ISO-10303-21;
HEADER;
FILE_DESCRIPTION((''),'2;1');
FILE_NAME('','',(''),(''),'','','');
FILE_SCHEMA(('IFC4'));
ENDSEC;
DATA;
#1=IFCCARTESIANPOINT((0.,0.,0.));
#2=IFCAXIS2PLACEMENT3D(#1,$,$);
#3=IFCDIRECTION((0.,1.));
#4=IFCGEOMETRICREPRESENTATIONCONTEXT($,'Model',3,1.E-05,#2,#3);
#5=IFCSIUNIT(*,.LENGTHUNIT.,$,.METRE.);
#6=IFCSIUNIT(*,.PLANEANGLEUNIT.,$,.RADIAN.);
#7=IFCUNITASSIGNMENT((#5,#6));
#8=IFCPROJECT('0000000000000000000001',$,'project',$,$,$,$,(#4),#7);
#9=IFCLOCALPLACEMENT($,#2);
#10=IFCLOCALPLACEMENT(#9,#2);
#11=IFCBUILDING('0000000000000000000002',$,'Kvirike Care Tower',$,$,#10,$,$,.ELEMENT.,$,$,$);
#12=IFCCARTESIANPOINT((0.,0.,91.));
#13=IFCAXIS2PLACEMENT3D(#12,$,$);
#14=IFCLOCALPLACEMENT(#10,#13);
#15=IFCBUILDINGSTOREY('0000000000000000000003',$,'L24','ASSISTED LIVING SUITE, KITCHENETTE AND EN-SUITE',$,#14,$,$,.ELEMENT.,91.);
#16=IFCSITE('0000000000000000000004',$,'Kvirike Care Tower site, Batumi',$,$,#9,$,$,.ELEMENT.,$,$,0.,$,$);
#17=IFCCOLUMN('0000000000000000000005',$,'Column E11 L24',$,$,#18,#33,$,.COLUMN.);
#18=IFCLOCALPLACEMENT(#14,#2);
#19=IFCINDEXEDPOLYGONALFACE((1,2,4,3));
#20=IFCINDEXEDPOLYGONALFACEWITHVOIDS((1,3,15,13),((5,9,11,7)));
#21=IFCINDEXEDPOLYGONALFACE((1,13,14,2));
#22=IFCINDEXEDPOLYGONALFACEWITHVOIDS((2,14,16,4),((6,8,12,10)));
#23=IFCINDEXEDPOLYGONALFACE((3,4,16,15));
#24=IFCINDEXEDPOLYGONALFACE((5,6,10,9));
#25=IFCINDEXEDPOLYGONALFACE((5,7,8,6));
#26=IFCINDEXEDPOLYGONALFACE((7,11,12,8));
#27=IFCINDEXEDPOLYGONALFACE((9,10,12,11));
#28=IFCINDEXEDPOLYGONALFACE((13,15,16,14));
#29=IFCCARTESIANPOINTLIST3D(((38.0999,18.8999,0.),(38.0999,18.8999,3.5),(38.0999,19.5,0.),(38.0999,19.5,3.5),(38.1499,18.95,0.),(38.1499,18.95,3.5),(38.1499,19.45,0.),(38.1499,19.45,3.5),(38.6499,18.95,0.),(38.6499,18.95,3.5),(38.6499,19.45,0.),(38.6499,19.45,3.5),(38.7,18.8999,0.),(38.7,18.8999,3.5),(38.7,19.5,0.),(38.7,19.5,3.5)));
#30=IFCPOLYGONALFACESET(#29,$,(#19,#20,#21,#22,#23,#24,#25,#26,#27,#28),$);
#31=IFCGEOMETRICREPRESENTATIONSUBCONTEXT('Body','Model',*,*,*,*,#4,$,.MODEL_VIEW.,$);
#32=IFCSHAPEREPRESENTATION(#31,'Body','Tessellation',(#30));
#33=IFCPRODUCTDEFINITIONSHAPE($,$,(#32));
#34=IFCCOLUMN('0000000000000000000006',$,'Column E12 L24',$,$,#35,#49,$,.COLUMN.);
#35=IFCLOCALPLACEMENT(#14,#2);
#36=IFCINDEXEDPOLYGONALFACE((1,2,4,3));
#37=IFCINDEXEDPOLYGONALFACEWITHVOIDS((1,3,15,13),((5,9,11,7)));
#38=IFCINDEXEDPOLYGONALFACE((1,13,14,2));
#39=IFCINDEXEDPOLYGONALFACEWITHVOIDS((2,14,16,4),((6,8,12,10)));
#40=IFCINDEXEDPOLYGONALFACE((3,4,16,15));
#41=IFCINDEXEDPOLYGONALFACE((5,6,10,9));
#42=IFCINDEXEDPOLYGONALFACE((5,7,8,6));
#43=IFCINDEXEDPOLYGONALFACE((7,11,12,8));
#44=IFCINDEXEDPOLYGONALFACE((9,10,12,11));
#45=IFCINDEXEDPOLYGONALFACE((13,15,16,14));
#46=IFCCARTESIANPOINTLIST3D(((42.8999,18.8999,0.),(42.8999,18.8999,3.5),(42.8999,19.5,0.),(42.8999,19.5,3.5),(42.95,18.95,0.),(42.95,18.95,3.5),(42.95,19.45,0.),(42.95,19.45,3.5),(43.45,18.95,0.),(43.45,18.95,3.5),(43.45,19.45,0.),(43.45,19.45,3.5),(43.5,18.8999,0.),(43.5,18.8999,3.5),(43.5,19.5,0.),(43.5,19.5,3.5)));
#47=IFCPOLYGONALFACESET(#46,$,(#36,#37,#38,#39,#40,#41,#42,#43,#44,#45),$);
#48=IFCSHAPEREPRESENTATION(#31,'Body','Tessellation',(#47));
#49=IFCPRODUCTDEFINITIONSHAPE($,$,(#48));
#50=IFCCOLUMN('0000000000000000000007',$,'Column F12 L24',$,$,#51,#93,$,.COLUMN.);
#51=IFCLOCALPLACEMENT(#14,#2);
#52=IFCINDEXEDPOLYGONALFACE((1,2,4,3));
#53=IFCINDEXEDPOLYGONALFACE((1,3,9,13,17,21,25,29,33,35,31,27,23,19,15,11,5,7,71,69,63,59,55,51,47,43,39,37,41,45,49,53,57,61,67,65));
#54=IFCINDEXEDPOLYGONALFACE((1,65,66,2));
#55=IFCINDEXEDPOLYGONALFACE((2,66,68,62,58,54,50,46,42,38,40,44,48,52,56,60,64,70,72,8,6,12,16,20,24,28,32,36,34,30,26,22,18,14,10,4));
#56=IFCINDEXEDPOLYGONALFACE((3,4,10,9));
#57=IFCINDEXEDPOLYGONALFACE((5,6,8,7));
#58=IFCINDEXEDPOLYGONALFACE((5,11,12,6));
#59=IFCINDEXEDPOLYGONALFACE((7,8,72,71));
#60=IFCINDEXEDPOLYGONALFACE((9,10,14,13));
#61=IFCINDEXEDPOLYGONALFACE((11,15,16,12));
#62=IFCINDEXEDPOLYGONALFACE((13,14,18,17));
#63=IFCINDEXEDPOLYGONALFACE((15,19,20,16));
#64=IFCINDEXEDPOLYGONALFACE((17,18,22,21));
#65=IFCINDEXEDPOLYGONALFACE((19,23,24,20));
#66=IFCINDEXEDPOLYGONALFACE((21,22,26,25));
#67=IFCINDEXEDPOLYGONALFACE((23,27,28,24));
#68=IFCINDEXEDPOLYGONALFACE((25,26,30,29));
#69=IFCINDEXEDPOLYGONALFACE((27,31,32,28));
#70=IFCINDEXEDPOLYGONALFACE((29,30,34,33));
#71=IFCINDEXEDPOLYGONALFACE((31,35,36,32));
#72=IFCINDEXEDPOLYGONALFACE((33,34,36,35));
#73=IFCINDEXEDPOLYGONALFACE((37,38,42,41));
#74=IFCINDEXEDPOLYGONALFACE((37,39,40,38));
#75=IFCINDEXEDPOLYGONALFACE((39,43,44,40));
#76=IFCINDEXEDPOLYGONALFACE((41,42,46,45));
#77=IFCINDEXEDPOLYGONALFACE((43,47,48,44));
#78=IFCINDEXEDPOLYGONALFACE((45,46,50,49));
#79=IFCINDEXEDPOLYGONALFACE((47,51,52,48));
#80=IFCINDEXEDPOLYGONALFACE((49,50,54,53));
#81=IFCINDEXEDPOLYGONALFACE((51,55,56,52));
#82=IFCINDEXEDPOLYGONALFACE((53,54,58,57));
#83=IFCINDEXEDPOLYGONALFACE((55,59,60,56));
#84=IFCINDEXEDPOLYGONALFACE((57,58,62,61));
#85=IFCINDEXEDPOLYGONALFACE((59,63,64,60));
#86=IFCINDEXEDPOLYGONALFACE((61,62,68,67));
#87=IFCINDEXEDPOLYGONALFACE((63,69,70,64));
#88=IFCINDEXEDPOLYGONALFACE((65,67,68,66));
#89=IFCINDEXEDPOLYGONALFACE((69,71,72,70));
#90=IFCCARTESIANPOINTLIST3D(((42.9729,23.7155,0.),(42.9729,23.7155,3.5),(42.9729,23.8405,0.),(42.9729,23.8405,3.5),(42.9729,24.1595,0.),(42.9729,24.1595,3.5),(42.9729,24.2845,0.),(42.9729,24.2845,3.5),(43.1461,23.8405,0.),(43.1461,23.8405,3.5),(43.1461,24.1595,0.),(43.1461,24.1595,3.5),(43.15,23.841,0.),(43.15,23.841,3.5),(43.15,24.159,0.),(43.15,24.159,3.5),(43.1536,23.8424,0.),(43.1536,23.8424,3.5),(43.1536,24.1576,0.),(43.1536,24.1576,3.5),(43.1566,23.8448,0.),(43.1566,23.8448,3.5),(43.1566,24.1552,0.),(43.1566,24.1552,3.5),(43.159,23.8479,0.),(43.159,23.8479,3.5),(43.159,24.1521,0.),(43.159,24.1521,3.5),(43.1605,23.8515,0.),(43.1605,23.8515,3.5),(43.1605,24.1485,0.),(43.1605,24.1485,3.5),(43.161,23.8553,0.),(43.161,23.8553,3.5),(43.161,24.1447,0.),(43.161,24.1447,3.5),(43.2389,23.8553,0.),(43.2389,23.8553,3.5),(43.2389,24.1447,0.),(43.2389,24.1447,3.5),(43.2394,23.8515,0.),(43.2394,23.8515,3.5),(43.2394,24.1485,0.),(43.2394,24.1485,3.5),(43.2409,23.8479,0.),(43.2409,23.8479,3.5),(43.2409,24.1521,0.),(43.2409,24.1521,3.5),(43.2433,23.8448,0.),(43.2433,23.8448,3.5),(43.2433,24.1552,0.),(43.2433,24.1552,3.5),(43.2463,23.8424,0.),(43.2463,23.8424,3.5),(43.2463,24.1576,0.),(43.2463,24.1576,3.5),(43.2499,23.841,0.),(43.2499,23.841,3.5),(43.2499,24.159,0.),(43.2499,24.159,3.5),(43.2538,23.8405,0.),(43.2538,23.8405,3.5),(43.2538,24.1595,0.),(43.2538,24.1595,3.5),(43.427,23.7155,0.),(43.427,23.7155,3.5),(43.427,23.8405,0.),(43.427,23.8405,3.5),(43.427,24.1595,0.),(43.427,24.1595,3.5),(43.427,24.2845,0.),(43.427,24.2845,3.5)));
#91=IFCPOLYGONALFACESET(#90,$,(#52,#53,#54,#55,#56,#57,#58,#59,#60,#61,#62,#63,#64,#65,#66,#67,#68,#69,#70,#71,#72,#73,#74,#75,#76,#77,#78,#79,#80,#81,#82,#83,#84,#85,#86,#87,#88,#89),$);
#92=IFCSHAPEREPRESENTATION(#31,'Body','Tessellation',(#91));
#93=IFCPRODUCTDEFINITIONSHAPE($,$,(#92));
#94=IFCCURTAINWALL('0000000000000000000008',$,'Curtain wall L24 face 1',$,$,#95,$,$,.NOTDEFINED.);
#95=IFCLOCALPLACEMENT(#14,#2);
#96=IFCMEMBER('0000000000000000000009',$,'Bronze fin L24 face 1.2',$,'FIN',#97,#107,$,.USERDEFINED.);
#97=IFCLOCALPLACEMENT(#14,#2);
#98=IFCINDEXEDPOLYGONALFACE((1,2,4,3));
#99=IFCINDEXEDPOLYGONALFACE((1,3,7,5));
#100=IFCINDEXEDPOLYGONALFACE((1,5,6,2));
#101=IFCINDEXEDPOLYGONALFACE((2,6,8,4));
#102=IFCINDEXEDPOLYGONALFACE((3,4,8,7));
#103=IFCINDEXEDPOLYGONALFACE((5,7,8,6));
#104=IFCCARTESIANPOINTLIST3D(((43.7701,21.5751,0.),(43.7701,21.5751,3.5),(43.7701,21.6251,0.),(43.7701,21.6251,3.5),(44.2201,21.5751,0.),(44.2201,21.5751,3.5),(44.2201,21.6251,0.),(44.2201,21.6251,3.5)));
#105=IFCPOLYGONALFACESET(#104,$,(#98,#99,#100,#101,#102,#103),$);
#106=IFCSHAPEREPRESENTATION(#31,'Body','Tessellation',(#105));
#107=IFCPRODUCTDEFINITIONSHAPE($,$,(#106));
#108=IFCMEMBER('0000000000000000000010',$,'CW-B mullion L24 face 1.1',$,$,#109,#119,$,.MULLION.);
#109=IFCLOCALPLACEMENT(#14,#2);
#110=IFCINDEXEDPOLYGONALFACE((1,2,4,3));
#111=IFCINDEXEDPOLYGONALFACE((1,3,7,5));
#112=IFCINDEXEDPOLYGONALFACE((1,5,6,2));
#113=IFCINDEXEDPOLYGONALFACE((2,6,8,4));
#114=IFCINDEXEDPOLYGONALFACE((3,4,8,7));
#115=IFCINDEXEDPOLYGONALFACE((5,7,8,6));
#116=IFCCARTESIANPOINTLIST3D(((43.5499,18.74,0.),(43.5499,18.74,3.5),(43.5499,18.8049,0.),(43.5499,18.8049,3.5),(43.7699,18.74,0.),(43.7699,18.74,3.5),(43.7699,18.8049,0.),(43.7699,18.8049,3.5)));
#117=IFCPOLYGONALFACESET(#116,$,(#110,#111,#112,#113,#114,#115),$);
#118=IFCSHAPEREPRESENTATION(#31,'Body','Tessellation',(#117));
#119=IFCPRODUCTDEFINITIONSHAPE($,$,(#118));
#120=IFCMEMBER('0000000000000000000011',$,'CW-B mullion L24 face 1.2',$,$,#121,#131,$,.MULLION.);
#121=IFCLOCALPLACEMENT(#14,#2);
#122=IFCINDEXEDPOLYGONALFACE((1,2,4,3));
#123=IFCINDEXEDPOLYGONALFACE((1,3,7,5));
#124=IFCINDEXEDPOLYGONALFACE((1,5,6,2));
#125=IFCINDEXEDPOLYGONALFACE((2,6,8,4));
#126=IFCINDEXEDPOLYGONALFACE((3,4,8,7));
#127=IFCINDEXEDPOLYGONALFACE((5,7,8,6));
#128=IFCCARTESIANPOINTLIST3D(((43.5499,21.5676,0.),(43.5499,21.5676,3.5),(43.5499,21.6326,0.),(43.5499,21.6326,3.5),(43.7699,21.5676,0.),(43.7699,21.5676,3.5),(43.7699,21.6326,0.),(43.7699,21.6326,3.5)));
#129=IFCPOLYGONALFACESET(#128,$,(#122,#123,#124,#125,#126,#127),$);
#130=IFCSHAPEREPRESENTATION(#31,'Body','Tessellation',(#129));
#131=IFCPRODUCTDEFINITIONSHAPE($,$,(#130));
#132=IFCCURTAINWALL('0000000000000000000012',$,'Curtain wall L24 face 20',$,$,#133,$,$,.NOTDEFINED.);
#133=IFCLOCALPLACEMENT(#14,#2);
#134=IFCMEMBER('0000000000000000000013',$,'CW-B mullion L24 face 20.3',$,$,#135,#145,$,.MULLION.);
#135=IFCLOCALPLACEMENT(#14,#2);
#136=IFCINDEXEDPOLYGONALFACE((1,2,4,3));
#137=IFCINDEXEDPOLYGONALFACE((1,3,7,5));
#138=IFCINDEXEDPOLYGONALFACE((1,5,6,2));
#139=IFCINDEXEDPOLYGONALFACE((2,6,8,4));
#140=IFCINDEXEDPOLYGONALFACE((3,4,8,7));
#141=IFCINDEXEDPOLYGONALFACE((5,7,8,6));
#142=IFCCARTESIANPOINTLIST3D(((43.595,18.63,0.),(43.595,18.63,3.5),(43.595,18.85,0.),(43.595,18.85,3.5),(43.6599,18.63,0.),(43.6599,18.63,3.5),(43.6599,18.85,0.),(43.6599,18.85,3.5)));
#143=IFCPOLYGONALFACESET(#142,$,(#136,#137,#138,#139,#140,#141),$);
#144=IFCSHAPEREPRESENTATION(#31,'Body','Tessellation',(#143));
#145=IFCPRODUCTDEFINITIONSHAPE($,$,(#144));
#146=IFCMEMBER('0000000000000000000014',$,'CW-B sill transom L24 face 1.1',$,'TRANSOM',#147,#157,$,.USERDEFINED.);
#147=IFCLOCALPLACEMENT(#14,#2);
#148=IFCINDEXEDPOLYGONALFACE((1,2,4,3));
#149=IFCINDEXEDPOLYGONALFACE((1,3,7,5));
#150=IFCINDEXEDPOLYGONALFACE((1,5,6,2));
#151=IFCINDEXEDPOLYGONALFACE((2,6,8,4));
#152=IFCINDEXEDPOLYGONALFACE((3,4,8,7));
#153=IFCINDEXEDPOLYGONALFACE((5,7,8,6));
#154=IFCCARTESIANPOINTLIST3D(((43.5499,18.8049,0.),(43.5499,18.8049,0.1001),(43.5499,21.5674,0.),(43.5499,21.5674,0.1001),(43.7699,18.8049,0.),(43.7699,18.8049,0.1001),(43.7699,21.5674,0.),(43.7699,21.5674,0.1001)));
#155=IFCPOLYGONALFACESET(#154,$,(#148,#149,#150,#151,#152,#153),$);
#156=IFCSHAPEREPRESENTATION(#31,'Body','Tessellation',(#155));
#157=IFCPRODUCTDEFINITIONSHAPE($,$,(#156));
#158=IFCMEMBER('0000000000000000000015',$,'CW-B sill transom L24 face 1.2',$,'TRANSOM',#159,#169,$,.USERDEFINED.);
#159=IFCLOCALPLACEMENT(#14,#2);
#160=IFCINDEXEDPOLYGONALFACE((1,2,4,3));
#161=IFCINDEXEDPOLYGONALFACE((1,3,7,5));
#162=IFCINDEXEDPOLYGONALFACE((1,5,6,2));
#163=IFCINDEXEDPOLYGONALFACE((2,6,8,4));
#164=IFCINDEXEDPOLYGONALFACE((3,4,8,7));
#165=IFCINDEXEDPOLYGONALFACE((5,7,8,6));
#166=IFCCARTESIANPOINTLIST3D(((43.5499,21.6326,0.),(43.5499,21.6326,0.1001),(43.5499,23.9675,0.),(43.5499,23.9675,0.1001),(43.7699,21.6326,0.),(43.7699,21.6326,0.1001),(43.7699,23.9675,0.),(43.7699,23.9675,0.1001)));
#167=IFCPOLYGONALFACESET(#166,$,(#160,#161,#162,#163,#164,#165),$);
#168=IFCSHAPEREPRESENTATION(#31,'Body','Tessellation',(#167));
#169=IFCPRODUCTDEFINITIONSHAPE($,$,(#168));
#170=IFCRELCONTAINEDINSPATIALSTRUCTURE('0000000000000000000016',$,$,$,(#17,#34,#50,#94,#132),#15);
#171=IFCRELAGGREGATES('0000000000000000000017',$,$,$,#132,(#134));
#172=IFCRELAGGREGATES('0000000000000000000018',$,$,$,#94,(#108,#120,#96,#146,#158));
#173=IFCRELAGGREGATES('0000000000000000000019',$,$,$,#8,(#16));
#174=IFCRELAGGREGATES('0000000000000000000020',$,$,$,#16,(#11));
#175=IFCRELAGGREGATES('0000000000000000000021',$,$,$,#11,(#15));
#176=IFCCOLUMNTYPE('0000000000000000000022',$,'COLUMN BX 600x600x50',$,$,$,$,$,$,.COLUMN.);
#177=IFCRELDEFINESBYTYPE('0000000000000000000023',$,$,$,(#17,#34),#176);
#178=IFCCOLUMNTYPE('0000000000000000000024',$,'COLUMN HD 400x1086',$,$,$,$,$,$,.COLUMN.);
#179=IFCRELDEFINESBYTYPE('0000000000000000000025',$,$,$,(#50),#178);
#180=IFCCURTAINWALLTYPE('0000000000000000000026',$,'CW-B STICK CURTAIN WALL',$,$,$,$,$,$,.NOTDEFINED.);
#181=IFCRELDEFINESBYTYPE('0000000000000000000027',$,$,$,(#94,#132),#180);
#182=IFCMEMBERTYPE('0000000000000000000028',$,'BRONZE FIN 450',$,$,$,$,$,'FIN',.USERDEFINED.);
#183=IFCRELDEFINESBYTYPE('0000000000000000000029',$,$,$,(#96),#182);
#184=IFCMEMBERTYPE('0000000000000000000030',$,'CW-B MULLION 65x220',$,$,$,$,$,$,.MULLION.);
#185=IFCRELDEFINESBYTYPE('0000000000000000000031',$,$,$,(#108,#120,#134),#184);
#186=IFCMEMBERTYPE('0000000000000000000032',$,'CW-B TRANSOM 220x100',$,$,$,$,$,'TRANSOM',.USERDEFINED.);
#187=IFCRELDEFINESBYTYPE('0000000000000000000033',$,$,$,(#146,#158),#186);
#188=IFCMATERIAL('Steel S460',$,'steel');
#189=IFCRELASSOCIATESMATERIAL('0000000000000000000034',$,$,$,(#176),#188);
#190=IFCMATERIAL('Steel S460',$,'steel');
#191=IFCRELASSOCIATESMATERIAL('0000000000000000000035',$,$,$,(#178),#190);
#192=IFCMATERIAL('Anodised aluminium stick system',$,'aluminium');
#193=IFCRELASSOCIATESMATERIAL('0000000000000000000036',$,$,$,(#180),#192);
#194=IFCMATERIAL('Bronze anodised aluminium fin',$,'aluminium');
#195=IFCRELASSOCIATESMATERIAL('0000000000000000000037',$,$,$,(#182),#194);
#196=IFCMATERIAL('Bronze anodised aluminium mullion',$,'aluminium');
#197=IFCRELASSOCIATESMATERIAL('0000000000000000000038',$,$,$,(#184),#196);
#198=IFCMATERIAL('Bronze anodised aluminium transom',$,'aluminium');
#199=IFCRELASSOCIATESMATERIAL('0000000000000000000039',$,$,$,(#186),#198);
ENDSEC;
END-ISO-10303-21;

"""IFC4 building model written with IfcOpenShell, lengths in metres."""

from ifc_helpers import new_model, si_unit, direction, frame, origin, origin_2d, place, context, subcontext, project, spatial, rectangle, hollow_rectangle, i_section, extrude, material, material_profile, profile_set, type_object, element, aggregate, save


model = new_model("IFC4")

# Units and contexts
model_context = context("Model", 3, precision=1e-05, world=origin(), true_north=direction((0.0, 1.0)))
body_context = subcontext(model_context, "Body", "Model", "MODEL_VIEW")
ifc_project = project(units=[si_unit("LENGTHUNIT", "METRE"), si_unit("PLANEANGLEUNIT", "RADIAN")], contexts=[model_context])

# Site, building, storey
site_placement = place(None, origin())
site = spatial("IfcSite", under=ifc_project, at=site_placement, Name="Kvirike Care Tower site, Batumi", CompositionType="ELEMENT", RefElevation=0.0)
building_placement = place(site_placement, origin())
building = spatial("IfcBuilding", under=site, at=building_placement, Name="Kvirike Care Tower", CompositionType="ELEMENT")
storey_placement = place(building_placement, frame((0.0, 0.0, 91.0)))
storey = spatial("IfcBuildingStorey", under=building, at=storey_placement, Name="L24", Description="ASSISTED LIVING SUITE, KITCHENETTE AND EN-SUITE", CompositionType="ELEMENT", Elevation=91.0)

# Columns
ifc_material_1 = material(Name="Steel S460", Category="steel")
ifc_material_profile_1 = material_profile(ifc_material_1, hollow_rectangle(XDim=0.6001, YDim=0.6001, WallThickness=0.05, at=origin_2d()), Name="BX 600x600x50")
ifc_profile_set_1 = profile_set([ifc_material_profile_1], Name="Steel S460")
column_type_1 = type_object("IfcColumnType", Name="COLUMN BX 600x600x50", PredefinedType="COLUMN", material=ifc_profile_set_1)
for number, where, z_axis, x_axis, name in (
    (1, (38.3999, 19.2, 0.0), (0.0, 0.0, 1.0), (0.0, 1.0, 0.0), "Column E11 L24"),
    (2, (43.2, 19.2, 0.0), (0.0, 0.0, 1.0), (0.0, 1.0, 0.0), "Column E12 L24"),
):
    element("IfcColumn", number, at=place(storey_placement, frame(where, z_axis=z_axis, x_axis=x_axis)), inside=storey, type_object=column_type_1, Name=name, PredefinedType="COLUMN", context=body_context, shape_type="SweptSolid", body=[
        extrude(hollow_rectangle(XDim=0.6001, YDim=0.6001, WallThickness=0.05, at=origin_2d()), origin(), (0.0, 0.0, 1.0), 3.5),
    ])
ifc_material_2 = material(Name="Steel S460", Category="steel")
ifc_material_profile_2 = material_profile(ifc_material_2, i_section(OverallWidth=0.4541, OverallDepth=0.5691, WebThickness=0.0779, FlangeThickness=0.125, FilletRadius=0.0149, at=origin_2d()), Name="HD 400x1086")
ifc_profile_set_2 = profile_set([ifc_material_profile_2], Name="Steel S460")
column_type_2 = type_object("IfcColumnType", Name="COLUMN HD 400x1086", PredefinedType="COLUMN", material=ifc_profile_set_2)
column_placement = place(storey_placement, frame((43.2, 24.0, 0.0), z_axis=(0.0, 0.0, 1.0), x_axis=(1.0, 0.0, 0.0)))
element("IfcColumn", 3, at=column_placement, inside=storey, type_object=column_type_2, Name="Column F12 L24", PredefinedType="COLUMN", context=body_context, shape_type="SweptSolid", body=[
    extrude(i_section(OverallWidth=0.4541, OverallDepth=0.5691, WebThickness=0.0779, FlangeThickness=0.125, FilletRadius=0.0149, at=origin_2d()), origin(), (0.0, 0.0, 1.0), 3.5),
])

# Curtain wall, members
ifc_material_3 = material(Name="Anodised aluminium stick system", Category="aluminium")
curtain_wall_type = type_object("IfcCurtainWallType", Name="CW-B STICK CURTAIN WALL", PredefinedType="NOTDEFINED", material=ifc_material_3)
curtain_wall_1_placement = place(storey_placement, origin())
curtain_wall_1 = element("IfcCurtainWall", 4, at=curtain_wall_1_placement, inside=storey, type_object=curtain_wall_type, Name="Curtain wall L24 face 1", PredefinedType="NOTDEFINED")
ifc_material_4 = material(Name="Bronze anodised aluminium fin", Category="aluminium")
ifc_material_profile_3 = material_profile(ifc_material_4, rectangle(XDim=0.05, YDim=0.45, at=origin_2d()), Name="BRONZE FIN 450")
ifc_profile_set_3 = profile_set([ifc_material_profile_3], Name="Bronze anodised aluminium fin")
member_type_1 = type_object("IfcMemberType", Name="BRONZE FIN 450", ElementType="FIN", PredefinedType="USERDEFINED", material=ifc_profile_set_3)
member_1_placement = place(storey_placement, frame((43.9951, 21.6001, 0.0), z_axis=(0.0, 0.0, 1.0), x_axis=(0.0, 1.0, 0.0)))
member_1 = element("IfcMember", 5, at=member_1_placement, type_object=member_type_1, Name="Bronze fin L24 face 1.2", ObjectType="FIN", PredefinedType="USERDEFINED", context=body_context, shape_type="SweptSolid", body=[
    extrude(rectangle(XDim=0.05, YDim=0.45, at=origin_2d()), origin(), (0.0, 0.0, 1.0), 3.5),
])
ifc_material_5 = material(Name="Bronze anodised aluminium mullion", Category="aluminium")
ifc_material_profile_4 = material_profile(ifc_material_5, rectangle(XDim=0.0649, YDim=0.22, at=origin_2d()), Name="CW-B MULLION 65x220")
ifc_profile_set_4 = profile_set([ifc_material_profile_4], Name="Bronze anodised aluminium mullion")
member_type_2 = type_object("IfcMemberType", Name="CW-B MULLION 65x220", PredefinedType="MULLION", material=ifc_profile_set_4)
member_2_placement = place(storey_placement, frame((43.6599, 18.7725, 0.0), z_axis=(0.0, 0.0, 1.0), x_axis=(0.0, 1.0, 0.0)))
member_2 = element("IfcMember", 6, at=member_2_placement, type_object=member_type_2, Name="CW-B mullion L24 face 1.1", PredefinedType="MULLION", context=body_context, shape_type="SweptSolid", body=[
    extrude(rectangle(XDim=0.0649, YDim=0.22, at=origin_2d()), origin(), (0.0, 0.0, 1.0), 3.5),
])
member_3_placement = place(storey_placement, frame((43.6599, 21.6001, 0.0), z_axis=(0.0, 0.0, 1.0), x_axis=(0.0, 1.0, 0.0)))
member_3 = element("IfcMember", 7, at=member_3_placement, type_object=member_type_2, Name="CW-B mullion L24 face 1.2", PredefinedType="MULLION", context=body_context, shape_type="SweptSolid", body=[
    extrude(rectangle(XDim=0.0649, YDim=0.22, at=origin_2d()), origin(), (0.0, 0.0, 1.0), 3.5),
])

# Curtain wall, member
curtain_wall_2_placement = place(storey_placement, origin())
curtain_wall_2 = element("IfcCurtainWall", 8, at=curtain_wall_2_placement, inside=storey, type_object=curtain_wall_type, Name="Curtain wall L24 face 20", PredefinedType="NOTDEFINED")
member_4_placement = place(storey_placement, frame((43.6274, 18.74, 0.0), z_axis=(0.0, 0.0, 1.0), x_axis=(1.0, 0.0, 0.0)))
member_4 = element("IfcMember", 9, at=member_4_placement, type_object=member_type_2, Name="CW-B mullion L24 face 20.3", PredefinedType="MULLION", context=body_context, shape_type="SweptSolid", body=[
    extrude(rectangle(XDim=0.0649, YDim=0.22, at=origin_2d()), origin(), (0.0, 0.0, 1.0), 3.5),
])
aggregate(curtain_wall_2, [member_4])

# Members
ifc_material_6 = material(Name="Bronze anodised aluminium transom", Category="aluminium")
ifc_material_profile_5 = material_profile(ifc_material_6, rectangle(XDim=0.22, YDim=0.1001, at=origin_2d()), Name="CW-B TRANSOM 220x100")
ifc_profile_set_5 = profile_set([ifc_material_profile_5], Name="Bronze anodised aluminium transom")
member_type_3 = type_object("IfcMemberType", Name="CW-B TRANSOM 220x100", ElementType="TRANSOM", PredefinedType="USERDEFINED", material=ifc_profile_set_5)
member_5_placement = place(storey_placement, frame((43.6599, 18.8049, 0.05), z_axis=(0.0, 1.0, 0.0), x_axis=(-1.0, 0.0, 0.0)))
member_5 = element("IfcMember", 10, at=member_5_placement, type_object=member_type_3, Name="CW-B sill transom L24 face 1.1", ObjectType="TRANSOM", PredefinedType="USERDEFINED", context=body_context, shape_type="SweptSolid", body=[
    extrude(rectangle(XDim=0.22, YDim=0.1001, at=origin_2d()), origin(), (0.0, 0.0, 1.0), 2.7625),
])
member_6_placement = place(storey_placement, frame((43.6599, 21.6326, 0.05), z_axis=(0.0, 1.0, 0.0), x_axis=(-1.0, 0.0, 0.0)))
member_6 = element("IfcMember", 11, at=member_6_placement, type_object=member_type_3, Name="CW-B sill transom L24 face 1.2", ObjectType="TRANSOM", PredefinedType="USERDEFINED", context=body_context, shape_type="SweptSolid", body=[
    extrude(rectangle(XDim=0.22, YDim=0.1001, at=origin_2d()), origin(), (0.0, 0.0, 1.0), 2.335),
])

aggregate(curtain_wall_1, [member_2, member_3, member_1, member_5, member_6])

save(model, "model.ifc")
